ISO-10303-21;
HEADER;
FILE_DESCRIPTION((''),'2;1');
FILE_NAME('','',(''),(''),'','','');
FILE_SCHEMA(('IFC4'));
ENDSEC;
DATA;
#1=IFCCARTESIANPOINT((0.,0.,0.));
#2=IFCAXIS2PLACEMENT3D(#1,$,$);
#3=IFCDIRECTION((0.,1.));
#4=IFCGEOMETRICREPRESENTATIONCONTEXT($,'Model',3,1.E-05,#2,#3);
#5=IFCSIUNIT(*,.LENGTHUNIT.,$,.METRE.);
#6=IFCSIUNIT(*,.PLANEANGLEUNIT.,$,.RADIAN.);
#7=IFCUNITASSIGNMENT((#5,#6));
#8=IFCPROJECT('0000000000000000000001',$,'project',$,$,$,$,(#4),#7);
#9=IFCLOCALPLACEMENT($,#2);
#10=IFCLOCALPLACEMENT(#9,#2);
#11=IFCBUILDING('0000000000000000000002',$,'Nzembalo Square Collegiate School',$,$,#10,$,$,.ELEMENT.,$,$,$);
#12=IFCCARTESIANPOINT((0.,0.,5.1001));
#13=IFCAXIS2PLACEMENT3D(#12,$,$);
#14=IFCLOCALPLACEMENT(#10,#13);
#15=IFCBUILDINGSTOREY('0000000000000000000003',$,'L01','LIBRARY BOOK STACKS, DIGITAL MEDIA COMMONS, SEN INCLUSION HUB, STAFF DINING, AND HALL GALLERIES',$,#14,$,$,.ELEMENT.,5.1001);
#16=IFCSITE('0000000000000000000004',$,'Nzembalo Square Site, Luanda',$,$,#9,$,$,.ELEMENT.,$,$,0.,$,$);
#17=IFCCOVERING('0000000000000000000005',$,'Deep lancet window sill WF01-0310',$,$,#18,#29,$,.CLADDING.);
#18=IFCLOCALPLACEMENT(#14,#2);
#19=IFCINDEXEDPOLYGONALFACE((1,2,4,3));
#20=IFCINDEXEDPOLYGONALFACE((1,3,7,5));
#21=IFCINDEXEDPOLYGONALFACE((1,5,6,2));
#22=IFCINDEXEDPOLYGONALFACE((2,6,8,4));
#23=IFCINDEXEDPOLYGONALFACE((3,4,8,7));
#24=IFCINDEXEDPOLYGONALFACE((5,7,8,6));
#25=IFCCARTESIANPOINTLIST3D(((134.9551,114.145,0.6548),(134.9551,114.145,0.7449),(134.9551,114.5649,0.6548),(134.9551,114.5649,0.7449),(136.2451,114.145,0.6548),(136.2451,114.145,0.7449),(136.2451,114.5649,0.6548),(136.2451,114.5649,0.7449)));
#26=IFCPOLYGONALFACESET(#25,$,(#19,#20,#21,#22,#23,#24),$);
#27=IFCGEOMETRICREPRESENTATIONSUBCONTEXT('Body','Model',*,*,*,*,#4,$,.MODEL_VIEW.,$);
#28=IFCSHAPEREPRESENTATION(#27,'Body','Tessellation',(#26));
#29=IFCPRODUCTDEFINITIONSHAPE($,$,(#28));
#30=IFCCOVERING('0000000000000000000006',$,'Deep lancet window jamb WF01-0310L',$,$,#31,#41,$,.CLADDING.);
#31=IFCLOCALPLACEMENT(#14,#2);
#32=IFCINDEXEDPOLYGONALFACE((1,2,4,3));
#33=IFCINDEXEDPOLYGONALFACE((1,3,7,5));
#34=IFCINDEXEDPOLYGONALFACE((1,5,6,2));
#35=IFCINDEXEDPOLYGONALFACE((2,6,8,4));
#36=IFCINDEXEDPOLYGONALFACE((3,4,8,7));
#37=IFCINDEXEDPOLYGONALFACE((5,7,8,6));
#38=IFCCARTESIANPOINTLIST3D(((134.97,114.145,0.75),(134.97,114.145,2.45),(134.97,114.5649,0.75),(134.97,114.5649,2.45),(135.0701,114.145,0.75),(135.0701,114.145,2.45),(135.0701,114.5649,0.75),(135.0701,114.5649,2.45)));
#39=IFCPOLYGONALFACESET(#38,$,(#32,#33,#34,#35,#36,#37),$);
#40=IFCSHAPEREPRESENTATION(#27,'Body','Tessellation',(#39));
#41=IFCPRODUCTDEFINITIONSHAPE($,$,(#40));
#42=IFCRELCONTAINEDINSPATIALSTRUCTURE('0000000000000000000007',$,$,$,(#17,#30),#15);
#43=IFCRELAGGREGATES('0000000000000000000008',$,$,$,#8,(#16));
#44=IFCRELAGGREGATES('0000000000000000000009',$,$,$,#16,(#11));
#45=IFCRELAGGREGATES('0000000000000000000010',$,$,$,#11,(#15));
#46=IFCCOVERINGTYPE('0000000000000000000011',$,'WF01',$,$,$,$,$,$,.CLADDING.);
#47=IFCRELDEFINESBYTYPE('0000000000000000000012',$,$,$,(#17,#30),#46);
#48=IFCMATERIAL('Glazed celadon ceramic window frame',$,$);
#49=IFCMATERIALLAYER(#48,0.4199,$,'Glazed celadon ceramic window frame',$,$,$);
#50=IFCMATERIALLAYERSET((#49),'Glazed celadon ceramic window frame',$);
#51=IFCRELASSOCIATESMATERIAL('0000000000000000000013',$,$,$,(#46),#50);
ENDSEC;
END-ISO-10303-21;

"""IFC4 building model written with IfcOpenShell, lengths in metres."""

from ifc_helpers import new_model, si_unit, direction, frame, origin, origin_2d, place, context, subcontext, project, spatial, rectangle, extrude, material, layer, layer_set, type_object, element, save


model = new_model("IFC4")

# Units and contexts
model_context = context("Model", 3, precision=1e-05, world=origin(), true_north=direction((0.0, 1.0)))
body_context = subcontext(model_context, "Body", "Model", "MODEL_VIEW")
ifc_project = project(units=[si_unit("LENGTHUNIT", "METRE"), si_unit("PLANEANGLEUNIT", "RADIAN")], contexts=[model_context])

# Site, building, storey
site_placement = place(None, origin())
site = spatial("IfcSite", under=ifc_project, at=site_placement, Name="Nzembalo Square Site, Luanda", CompositionType="ELEMENT", RefElevation=0.0)
building_placement = place(site_placement, origin())
building = spatial("IfcBuilding", under=site, at=building_placement, Name="Nzembalo Square Collegiate School", CompositionType="ELEMENT")
storey_placement = place(building_placement, frame((0.0, 0.0, 5.1001)))
storey = spatial("IfcBuildingStorey", under=building, at=storey_placement, Name="L01", Description="LIBRARY BOOK STACKS, DIGITAL MEDIA COMMONS, SEN INCLUSION HUB, STAFF DINING, AND HALL GALLERIES", CompositionType="ELEMENT", Elevation=5.1001)

# Coverings
ifc_material_1 = material(Name="Glazed celadon ceramic window frame")
ifc_layer_1 = layer(ifc_material_1, 0.4199, Name="Glazed celadon ceramic window frame")
ifc_layer_set_1 = layer_set([ifc_layer_1], Name="Glazed celadon ceramic window frame")
covering_type_1 = type_object("IfcCoveringType", Name="WF01", PredefinedType="CLADDING", material=ifc_layer_set_1)
covering_1_placement = place(storey_placement, frame((135.6001, 114.355, 0.6548), z_axis=(0.0, 0.0, 1.0), x_axis=(1.0, 0.0, 0.0)))
element("IfcCovering", 1, at=covering_1_placement, inside=storey, type_object=covering_type_1, Name="Deep lancet window sill WF01-0310", PredefinedType="CLADDING", context=body_context, shape_type="SweptSolid", body=[
    extrude(rectangle(XDim=1.29, YDim=0.4199, at=origin_2d()), origin(), (0.0, 0.0, 1.0), 0.0901),
])
covering_2_placement = place(storey_placement, frame((135.02, 114.355, 0.75), z_axis=(0.0, 0.0, 1.0), x_axis=(1.0, 0.0, 0.0)))
element("IfcCovering", 2, at=covering_2_placement, inside=storey, type_object=covering_type_1, Name="Deep lancet window jamb WF01-0310L", PredefinedType="CLADDING", context=body_context, shape_type="SweptSolid", body=[
    extrude(rectangle(XDim=0.1001, YDim=0.4199, at=origin_2d()), origin(), (0.0, 0.0, 1.0), 1.7),
])

save(model, "model.ifc")
